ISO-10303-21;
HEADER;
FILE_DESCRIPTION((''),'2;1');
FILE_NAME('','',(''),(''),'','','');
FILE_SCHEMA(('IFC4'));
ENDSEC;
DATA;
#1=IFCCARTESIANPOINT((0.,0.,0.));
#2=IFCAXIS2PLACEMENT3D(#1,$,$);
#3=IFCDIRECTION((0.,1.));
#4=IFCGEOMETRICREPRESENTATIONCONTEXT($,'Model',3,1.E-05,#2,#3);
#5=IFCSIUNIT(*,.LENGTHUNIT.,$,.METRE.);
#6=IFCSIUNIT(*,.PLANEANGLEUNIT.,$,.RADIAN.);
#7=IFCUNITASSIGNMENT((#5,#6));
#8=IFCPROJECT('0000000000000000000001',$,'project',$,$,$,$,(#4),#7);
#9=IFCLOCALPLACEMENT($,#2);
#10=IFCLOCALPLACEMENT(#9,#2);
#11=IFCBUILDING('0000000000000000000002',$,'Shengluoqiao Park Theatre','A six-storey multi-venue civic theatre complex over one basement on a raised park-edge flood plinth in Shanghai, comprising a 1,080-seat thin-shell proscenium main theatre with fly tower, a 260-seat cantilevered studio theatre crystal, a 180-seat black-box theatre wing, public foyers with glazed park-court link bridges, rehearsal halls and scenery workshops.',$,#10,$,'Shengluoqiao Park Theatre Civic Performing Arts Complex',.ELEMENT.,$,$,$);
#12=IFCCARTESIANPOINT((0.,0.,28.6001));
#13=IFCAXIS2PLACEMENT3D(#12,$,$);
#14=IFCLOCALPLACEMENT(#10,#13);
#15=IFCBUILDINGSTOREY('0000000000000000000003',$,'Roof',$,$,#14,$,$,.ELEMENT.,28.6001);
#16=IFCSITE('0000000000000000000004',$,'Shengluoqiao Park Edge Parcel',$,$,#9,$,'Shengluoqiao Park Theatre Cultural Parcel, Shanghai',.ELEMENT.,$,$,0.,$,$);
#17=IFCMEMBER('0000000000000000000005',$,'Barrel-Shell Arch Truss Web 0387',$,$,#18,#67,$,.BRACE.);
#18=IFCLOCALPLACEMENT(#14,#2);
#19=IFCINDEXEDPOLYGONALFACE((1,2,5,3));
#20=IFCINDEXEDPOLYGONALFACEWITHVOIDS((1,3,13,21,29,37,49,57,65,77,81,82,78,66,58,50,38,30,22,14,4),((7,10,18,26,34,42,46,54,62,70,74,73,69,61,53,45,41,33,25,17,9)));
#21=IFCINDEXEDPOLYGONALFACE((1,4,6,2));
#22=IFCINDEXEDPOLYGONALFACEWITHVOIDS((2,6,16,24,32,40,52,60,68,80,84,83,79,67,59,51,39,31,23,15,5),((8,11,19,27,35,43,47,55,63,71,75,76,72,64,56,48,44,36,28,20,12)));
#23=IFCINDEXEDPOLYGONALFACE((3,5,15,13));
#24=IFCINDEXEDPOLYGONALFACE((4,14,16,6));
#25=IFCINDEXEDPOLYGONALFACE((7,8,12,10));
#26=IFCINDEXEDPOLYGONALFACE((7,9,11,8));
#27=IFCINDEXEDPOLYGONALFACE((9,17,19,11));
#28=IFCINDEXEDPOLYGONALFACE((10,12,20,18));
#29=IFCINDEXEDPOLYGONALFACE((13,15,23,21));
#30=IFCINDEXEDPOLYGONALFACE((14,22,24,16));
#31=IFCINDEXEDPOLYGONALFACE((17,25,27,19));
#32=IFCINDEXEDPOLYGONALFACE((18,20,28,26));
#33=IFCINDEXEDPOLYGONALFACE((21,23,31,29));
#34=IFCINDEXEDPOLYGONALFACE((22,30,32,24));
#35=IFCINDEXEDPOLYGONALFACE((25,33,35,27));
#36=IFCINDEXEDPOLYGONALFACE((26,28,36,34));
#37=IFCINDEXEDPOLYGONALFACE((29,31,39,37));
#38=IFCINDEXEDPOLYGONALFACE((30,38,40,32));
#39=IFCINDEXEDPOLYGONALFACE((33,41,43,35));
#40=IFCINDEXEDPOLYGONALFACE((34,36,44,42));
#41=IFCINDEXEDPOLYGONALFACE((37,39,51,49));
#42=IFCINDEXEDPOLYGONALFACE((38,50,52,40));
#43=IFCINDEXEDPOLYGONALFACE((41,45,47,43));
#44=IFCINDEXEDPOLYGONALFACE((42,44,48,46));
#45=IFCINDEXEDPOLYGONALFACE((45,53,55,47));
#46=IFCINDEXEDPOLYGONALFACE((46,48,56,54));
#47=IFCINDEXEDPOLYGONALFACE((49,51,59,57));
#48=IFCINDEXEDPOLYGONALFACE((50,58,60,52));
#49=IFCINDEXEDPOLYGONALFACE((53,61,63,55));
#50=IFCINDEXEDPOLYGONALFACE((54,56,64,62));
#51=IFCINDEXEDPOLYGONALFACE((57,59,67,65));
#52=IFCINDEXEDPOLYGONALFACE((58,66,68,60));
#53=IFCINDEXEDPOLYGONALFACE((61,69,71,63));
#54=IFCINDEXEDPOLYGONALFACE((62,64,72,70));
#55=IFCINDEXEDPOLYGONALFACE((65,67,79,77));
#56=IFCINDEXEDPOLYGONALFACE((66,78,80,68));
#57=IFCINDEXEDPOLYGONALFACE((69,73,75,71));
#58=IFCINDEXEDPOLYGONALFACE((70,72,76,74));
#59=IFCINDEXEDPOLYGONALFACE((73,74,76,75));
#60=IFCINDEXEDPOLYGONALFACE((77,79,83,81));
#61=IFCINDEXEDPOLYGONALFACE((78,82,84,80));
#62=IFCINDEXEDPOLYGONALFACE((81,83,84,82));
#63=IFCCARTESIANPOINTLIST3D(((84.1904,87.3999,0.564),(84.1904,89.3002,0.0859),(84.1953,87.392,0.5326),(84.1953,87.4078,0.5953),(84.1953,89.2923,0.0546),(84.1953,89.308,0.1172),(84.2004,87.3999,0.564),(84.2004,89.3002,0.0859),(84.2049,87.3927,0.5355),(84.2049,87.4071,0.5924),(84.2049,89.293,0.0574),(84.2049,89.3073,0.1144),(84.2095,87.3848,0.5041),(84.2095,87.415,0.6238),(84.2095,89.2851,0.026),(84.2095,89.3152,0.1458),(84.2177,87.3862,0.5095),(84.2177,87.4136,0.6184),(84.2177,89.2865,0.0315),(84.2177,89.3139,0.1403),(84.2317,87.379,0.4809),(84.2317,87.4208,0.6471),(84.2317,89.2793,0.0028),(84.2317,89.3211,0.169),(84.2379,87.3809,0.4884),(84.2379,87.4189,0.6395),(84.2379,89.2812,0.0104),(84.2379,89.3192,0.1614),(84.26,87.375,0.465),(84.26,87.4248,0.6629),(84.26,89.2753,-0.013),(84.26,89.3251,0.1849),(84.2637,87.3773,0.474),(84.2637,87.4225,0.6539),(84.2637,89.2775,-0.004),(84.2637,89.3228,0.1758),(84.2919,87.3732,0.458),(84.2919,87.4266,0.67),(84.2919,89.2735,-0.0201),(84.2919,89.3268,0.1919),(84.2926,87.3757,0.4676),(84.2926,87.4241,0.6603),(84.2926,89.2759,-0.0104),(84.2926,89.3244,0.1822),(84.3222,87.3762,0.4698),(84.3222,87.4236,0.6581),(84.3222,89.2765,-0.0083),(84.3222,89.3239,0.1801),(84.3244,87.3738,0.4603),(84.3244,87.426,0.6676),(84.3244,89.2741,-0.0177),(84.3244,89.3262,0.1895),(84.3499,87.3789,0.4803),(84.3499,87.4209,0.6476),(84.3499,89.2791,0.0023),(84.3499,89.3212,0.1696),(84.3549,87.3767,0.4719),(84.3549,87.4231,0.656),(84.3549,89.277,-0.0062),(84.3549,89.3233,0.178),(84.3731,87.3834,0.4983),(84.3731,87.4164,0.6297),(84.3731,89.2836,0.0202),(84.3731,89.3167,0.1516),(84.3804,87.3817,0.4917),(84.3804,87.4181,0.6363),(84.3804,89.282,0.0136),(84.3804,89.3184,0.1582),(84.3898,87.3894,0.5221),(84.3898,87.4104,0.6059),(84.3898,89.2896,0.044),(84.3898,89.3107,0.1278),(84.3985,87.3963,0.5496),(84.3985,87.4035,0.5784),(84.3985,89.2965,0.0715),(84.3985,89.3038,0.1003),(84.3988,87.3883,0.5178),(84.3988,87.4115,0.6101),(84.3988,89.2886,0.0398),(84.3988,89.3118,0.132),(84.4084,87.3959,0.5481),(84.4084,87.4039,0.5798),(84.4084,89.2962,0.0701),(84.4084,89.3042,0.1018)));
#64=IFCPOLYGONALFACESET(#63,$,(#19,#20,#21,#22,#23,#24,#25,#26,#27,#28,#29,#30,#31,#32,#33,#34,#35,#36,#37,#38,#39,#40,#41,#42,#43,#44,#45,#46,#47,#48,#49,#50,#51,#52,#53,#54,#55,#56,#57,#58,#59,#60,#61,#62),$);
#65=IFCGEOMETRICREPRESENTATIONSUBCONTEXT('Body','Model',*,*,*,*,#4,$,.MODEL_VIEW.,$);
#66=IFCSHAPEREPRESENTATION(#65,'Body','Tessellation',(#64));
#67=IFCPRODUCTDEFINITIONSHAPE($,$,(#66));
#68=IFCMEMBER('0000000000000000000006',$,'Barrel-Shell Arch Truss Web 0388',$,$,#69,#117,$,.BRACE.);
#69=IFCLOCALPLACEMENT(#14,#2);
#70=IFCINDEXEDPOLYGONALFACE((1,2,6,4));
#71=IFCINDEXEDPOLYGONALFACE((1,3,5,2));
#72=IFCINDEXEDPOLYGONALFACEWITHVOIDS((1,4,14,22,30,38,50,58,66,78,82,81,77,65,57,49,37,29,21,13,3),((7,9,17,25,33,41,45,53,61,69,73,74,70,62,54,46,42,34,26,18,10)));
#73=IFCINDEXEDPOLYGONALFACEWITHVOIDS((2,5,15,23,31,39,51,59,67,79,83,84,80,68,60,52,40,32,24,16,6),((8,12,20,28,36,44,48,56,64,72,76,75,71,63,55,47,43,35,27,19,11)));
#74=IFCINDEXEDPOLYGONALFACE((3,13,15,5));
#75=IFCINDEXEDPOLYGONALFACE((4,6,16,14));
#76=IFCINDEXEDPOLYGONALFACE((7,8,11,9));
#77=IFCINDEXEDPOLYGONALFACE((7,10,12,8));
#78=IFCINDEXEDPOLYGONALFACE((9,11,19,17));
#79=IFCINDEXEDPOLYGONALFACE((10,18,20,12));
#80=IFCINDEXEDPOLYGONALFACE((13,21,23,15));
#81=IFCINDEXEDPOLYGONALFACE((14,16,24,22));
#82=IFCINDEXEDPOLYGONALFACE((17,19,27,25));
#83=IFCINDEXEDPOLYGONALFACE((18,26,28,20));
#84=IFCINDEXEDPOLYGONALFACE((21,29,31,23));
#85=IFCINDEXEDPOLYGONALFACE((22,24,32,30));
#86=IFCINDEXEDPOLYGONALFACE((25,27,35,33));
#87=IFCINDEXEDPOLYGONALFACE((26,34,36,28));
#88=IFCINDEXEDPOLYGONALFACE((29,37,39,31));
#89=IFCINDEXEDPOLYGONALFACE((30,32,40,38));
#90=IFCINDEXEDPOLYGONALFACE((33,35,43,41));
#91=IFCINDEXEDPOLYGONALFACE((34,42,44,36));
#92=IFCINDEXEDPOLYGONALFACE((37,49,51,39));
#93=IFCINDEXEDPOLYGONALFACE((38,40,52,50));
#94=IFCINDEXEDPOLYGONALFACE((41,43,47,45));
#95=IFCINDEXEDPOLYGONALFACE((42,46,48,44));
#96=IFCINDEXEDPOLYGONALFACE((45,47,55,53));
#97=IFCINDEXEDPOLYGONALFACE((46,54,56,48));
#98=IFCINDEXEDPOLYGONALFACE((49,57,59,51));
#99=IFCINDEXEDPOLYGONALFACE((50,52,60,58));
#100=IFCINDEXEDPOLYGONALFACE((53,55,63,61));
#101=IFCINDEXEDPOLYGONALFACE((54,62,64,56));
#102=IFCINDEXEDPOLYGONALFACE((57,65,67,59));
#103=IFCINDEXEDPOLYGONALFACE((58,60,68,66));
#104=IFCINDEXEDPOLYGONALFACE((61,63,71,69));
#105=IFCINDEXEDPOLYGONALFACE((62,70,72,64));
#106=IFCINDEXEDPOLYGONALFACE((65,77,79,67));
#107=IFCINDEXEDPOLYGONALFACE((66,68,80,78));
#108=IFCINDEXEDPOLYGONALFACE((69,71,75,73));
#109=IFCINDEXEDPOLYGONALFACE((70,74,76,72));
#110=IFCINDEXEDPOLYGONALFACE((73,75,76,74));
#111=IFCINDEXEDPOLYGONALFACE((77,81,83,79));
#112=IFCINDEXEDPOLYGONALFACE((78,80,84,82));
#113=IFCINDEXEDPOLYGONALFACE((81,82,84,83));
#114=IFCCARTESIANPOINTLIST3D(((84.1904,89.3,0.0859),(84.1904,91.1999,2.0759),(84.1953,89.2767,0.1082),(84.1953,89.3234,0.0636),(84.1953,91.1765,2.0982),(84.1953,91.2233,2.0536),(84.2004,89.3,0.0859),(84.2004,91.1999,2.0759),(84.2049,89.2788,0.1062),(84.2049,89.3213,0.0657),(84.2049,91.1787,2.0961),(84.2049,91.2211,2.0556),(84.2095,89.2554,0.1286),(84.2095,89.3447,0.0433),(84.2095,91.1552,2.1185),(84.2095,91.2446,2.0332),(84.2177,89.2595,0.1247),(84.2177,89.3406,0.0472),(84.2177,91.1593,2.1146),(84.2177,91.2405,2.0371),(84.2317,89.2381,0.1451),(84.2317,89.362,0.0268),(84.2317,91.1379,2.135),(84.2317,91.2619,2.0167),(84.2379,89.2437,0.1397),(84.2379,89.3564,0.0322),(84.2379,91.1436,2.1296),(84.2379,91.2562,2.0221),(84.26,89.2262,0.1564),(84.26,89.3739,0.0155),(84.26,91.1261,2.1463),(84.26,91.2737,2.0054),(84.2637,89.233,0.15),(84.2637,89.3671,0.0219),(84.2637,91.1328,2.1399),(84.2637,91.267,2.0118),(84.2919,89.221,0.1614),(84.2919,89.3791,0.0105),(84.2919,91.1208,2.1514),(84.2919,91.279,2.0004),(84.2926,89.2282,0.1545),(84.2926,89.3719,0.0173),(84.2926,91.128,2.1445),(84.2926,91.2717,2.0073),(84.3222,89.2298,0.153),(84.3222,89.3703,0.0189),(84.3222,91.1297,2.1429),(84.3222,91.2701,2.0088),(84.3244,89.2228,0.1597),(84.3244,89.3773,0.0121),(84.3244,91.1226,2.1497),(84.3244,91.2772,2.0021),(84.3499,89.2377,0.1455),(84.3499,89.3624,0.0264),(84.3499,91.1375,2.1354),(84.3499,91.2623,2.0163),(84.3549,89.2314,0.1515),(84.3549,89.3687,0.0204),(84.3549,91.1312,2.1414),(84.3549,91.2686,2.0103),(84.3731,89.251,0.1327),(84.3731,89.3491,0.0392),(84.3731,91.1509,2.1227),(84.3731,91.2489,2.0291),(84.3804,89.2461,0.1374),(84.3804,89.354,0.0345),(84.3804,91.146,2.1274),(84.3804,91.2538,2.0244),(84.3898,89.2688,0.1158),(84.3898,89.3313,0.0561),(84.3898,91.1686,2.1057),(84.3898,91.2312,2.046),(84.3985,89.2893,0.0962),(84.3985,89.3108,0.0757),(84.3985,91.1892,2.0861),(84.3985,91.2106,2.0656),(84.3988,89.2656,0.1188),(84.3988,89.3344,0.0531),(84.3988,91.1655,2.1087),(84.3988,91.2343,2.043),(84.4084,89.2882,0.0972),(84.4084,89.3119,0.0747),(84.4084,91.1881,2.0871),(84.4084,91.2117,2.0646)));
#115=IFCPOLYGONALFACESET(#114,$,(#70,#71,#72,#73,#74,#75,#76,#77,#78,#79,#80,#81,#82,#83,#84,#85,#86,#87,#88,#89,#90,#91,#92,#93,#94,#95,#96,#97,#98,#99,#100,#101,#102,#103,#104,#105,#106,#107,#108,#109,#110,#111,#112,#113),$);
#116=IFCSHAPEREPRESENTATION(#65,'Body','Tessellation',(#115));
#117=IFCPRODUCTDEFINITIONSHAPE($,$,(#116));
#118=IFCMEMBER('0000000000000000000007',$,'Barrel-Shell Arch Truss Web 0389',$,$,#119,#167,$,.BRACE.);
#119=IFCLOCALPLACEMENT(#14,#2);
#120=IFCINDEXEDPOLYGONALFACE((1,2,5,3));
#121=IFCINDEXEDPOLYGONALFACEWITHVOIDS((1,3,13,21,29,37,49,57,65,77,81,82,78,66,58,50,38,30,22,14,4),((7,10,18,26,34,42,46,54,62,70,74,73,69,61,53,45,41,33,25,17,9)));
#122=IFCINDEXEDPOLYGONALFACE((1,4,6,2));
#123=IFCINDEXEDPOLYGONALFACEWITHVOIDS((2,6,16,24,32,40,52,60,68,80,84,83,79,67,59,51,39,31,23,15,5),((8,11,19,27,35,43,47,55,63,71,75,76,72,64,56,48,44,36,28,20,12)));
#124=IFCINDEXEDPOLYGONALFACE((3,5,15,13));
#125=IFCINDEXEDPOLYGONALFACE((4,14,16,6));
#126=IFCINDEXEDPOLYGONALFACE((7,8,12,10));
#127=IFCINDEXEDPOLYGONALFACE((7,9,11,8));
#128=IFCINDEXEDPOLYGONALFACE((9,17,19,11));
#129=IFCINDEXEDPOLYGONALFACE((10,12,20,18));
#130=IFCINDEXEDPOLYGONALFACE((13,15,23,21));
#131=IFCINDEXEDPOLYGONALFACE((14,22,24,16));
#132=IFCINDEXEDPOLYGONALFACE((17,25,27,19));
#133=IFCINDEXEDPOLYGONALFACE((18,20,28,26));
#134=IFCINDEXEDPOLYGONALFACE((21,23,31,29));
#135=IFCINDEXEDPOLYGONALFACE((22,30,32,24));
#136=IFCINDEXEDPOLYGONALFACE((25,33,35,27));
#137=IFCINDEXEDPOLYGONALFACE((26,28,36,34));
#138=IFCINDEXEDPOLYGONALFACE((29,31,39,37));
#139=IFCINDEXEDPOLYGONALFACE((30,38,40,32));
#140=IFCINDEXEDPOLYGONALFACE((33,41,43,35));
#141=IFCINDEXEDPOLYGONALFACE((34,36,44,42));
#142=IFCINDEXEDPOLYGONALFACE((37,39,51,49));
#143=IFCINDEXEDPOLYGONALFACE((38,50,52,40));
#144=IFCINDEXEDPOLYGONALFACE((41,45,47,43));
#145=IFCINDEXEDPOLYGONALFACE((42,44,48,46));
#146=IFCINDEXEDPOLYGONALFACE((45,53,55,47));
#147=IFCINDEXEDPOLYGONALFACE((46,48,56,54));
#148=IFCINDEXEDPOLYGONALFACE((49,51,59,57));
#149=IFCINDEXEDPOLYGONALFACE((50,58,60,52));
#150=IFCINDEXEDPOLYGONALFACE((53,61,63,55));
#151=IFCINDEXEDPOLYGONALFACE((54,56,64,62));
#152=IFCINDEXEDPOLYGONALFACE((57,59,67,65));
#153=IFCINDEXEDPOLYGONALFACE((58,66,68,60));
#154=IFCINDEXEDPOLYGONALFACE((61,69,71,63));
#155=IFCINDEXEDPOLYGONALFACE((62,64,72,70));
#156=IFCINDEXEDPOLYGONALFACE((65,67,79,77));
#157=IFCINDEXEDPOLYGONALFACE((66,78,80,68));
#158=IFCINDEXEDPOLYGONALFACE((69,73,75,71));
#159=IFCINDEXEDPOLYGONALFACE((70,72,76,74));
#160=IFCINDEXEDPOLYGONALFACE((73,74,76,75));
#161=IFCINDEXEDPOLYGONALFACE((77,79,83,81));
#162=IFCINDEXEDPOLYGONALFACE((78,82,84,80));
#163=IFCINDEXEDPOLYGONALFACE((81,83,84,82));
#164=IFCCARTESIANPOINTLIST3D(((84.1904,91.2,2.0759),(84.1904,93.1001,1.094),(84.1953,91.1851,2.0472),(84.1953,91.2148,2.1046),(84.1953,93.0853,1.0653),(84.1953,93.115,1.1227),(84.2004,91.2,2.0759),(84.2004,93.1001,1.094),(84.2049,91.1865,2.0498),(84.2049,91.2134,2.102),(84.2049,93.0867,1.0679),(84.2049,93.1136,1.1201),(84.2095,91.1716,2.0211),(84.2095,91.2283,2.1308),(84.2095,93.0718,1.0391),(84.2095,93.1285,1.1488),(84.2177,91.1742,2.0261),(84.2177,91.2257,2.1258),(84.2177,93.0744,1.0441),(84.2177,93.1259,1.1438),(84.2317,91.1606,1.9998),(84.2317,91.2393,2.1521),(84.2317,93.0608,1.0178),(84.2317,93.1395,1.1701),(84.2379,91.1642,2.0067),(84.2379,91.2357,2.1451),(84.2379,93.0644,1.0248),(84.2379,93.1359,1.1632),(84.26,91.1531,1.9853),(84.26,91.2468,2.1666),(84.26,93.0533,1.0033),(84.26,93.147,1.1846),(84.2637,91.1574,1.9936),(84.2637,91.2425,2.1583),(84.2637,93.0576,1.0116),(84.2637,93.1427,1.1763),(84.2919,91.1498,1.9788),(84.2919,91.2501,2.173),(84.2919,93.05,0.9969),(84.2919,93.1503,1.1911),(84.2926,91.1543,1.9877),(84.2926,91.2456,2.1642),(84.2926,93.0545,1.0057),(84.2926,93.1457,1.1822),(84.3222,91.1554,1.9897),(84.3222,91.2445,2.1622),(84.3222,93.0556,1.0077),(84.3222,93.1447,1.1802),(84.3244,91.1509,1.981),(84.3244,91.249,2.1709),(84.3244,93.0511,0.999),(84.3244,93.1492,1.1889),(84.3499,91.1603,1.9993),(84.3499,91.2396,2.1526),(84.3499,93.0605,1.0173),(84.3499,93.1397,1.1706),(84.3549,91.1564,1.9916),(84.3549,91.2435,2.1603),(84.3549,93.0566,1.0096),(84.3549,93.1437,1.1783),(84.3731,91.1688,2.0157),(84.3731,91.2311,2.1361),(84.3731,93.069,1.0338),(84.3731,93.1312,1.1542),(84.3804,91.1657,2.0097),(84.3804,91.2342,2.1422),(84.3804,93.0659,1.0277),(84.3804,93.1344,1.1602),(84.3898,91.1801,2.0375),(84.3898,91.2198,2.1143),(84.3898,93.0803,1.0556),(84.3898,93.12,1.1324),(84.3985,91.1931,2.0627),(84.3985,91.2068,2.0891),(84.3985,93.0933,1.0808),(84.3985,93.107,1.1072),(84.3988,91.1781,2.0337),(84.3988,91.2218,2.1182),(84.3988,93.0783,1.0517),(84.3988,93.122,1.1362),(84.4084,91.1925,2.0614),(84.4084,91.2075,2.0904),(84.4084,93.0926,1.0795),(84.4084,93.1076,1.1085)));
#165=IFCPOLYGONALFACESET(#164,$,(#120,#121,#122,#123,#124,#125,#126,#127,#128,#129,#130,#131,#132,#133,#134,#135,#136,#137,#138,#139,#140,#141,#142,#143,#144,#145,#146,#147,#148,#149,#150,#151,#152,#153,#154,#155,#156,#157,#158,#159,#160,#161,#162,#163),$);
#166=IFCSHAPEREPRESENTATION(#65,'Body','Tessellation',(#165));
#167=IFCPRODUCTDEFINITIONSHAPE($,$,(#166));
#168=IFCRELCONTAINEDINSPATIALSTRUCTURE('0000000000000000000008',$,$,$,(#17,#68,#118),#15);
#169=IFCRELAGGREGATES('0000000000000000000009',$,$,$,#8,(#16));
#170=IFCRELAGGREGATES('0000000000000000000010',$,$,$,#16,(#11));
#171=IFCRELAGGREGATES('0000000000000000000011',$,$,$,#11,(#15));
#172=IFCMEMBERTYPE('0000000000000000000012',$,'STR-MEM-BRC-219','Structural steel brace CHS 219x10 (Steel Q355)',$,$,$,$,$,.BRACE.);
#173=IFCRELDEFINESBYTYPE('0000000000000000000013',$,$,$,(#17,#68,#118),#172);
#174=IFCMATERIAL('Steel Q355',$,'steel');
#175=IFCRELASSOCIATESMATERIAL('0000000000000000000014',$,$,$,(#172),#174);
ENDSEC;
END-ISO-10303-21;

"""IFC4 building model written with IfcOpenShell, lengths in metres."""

from ifc_helpers import new_model, si_unit, direction, frame, origin, origin_2d, place, context, subcontext, project, spatial, hollow_circle, extrude, material, material_profile, profile_set, type_object, element, save


model = new_model("IFC4")

# Units and contexts
model_context = context("Model", 3, precision=1e-05, world=origin(), true_north=direction((0.0, 1.0)))
body_context = subcontext(model_context, "Body", "Model", "MODEL_VIEW")
ifc_project = project(units=[si_unit("LENGTHUNIT", "METRE"), si_unit("PLANEANGLEUNIT", "RADIAN")], contexts=[model_context])

# Site, building, storey
site_placement = place(None, origin())
site = spatial("IfcSite", under=ifc_project, at=site_placement, Name="Shengluoqiao Park Edge Parcel", LongName="Shengluoqiao Park Theatre Cultural Parcel, Shanghai", CompositionType="ELEMENT", RefElevation=0.0)
building_placement = place(site_placement, origin())
building = spatial("IfcBuilding", under=site, at=building_placement, Name="Shengluoqiao Park Theatre", Description="A six-storey multi-venue civic theatre complex over one basement on a raised park-edge flood plinth in Shanghai, comprising a 1,080-seat thin-shell proscenium main theatre with fly tower, a 260-seat cantilevered studio theatre crystal, a 180-seat black-box theatre wing, public foyers with glazed park-court link bridges, rehearsal halls and scenery workshops.", LongName="Shengluoqiao Park Theatre Civic Performing Arts Complex", CompositionType="ELEMENT")
storey_placement = place(building_placement, frame((0.0, 0.0, 28.6001)))
storey = spatial("IfcBuildingStorey", under=building, at=storey_placement, Name="Roof", CompositionType="ELEMENT", Elevation=28.6001)

# Shared definitions
ifc_material_1 = material(Name="Steel Q355", Category="steel")

# Members
ifc_material_profile_1 = material_profile(ifc_material_1, hollow_circle(Radius=0.1096, WallThickness=0.01, at=origin_2d()), Name="CHS 219x10")
ifc_profile_set_1 = profile_set([ifc_material_profile_1], Name="Steel Q355")
member_type_1 = type_object("IfcMemberType", Name="STR-MEM-BRC-219", Description="Structural steel brace CHS 219x10 (Steel Q355)", PredefinedType="BRACE", material=ifc_profile_set_1)
member_1_placement = place(storey_placement, frame((84.3, 87.3999, 0.564), z_axis=(0.0, 0.969782, -0.243972), x_axis=(-1.0, 0.0, 0.0)))
element("IfcMember", 1, at=member_1_placement, inside=storey, type_object=member_type_1, Name="Barrel-Shell Arch Truss Web 0387", PredefinedType="BRACE", context=body_context, shape_type="SweptSolid", body=[
    extrude(hollow_circle(Radius=0.1096, WallThickness=0.01, at=origin_2d()), origin(), (0.0, 0.0, 1.0), 1.9595),
])
member_2_placement = place(storey_placement, frame((84.3, 89.3, 0.0859), z_axis=(0.0, 0.690545, 0.723289), x_axis=(-1.0, 0.0, 0.0)))
element("IfcMember", 2, at=member_2_placement, inside=storey, type_object=member_type_1, Name="Barrel-Shell Arch Truss Web 0388", PredefinedType="BRACE", context=body_context, shape_type="SweptSolid", body=[
    extrude(hollow_circle(Radius=0.1096, WallThickness=0.01, at=origin_2d()), origin(), (0.0, 0.0, 1.0), 2.7512),
])
member_3_placement = place(storey_placement, frame((84.3, 91.2, 2.0759), z_axis=(0.0, 0.888389, -0.459091), x_axis=(-1.0, 0.0, 0.0)))
element("IfcMember", 3, at=member_3_placement, inside=storey, type_object=member_type_1, Name="Barrel-Shell Arch Truss Web 0389", PredefinedType="BRACE", context=body_context, shape_type="SweptSolid", body=[
    extrude(hollow_circle(Radius=0.1096, WallThickness=0.01, at=origin_2d()), origin(), (0.0, 0.0, 1.0), 2.1389),
])

save(model, "model.ifc")
